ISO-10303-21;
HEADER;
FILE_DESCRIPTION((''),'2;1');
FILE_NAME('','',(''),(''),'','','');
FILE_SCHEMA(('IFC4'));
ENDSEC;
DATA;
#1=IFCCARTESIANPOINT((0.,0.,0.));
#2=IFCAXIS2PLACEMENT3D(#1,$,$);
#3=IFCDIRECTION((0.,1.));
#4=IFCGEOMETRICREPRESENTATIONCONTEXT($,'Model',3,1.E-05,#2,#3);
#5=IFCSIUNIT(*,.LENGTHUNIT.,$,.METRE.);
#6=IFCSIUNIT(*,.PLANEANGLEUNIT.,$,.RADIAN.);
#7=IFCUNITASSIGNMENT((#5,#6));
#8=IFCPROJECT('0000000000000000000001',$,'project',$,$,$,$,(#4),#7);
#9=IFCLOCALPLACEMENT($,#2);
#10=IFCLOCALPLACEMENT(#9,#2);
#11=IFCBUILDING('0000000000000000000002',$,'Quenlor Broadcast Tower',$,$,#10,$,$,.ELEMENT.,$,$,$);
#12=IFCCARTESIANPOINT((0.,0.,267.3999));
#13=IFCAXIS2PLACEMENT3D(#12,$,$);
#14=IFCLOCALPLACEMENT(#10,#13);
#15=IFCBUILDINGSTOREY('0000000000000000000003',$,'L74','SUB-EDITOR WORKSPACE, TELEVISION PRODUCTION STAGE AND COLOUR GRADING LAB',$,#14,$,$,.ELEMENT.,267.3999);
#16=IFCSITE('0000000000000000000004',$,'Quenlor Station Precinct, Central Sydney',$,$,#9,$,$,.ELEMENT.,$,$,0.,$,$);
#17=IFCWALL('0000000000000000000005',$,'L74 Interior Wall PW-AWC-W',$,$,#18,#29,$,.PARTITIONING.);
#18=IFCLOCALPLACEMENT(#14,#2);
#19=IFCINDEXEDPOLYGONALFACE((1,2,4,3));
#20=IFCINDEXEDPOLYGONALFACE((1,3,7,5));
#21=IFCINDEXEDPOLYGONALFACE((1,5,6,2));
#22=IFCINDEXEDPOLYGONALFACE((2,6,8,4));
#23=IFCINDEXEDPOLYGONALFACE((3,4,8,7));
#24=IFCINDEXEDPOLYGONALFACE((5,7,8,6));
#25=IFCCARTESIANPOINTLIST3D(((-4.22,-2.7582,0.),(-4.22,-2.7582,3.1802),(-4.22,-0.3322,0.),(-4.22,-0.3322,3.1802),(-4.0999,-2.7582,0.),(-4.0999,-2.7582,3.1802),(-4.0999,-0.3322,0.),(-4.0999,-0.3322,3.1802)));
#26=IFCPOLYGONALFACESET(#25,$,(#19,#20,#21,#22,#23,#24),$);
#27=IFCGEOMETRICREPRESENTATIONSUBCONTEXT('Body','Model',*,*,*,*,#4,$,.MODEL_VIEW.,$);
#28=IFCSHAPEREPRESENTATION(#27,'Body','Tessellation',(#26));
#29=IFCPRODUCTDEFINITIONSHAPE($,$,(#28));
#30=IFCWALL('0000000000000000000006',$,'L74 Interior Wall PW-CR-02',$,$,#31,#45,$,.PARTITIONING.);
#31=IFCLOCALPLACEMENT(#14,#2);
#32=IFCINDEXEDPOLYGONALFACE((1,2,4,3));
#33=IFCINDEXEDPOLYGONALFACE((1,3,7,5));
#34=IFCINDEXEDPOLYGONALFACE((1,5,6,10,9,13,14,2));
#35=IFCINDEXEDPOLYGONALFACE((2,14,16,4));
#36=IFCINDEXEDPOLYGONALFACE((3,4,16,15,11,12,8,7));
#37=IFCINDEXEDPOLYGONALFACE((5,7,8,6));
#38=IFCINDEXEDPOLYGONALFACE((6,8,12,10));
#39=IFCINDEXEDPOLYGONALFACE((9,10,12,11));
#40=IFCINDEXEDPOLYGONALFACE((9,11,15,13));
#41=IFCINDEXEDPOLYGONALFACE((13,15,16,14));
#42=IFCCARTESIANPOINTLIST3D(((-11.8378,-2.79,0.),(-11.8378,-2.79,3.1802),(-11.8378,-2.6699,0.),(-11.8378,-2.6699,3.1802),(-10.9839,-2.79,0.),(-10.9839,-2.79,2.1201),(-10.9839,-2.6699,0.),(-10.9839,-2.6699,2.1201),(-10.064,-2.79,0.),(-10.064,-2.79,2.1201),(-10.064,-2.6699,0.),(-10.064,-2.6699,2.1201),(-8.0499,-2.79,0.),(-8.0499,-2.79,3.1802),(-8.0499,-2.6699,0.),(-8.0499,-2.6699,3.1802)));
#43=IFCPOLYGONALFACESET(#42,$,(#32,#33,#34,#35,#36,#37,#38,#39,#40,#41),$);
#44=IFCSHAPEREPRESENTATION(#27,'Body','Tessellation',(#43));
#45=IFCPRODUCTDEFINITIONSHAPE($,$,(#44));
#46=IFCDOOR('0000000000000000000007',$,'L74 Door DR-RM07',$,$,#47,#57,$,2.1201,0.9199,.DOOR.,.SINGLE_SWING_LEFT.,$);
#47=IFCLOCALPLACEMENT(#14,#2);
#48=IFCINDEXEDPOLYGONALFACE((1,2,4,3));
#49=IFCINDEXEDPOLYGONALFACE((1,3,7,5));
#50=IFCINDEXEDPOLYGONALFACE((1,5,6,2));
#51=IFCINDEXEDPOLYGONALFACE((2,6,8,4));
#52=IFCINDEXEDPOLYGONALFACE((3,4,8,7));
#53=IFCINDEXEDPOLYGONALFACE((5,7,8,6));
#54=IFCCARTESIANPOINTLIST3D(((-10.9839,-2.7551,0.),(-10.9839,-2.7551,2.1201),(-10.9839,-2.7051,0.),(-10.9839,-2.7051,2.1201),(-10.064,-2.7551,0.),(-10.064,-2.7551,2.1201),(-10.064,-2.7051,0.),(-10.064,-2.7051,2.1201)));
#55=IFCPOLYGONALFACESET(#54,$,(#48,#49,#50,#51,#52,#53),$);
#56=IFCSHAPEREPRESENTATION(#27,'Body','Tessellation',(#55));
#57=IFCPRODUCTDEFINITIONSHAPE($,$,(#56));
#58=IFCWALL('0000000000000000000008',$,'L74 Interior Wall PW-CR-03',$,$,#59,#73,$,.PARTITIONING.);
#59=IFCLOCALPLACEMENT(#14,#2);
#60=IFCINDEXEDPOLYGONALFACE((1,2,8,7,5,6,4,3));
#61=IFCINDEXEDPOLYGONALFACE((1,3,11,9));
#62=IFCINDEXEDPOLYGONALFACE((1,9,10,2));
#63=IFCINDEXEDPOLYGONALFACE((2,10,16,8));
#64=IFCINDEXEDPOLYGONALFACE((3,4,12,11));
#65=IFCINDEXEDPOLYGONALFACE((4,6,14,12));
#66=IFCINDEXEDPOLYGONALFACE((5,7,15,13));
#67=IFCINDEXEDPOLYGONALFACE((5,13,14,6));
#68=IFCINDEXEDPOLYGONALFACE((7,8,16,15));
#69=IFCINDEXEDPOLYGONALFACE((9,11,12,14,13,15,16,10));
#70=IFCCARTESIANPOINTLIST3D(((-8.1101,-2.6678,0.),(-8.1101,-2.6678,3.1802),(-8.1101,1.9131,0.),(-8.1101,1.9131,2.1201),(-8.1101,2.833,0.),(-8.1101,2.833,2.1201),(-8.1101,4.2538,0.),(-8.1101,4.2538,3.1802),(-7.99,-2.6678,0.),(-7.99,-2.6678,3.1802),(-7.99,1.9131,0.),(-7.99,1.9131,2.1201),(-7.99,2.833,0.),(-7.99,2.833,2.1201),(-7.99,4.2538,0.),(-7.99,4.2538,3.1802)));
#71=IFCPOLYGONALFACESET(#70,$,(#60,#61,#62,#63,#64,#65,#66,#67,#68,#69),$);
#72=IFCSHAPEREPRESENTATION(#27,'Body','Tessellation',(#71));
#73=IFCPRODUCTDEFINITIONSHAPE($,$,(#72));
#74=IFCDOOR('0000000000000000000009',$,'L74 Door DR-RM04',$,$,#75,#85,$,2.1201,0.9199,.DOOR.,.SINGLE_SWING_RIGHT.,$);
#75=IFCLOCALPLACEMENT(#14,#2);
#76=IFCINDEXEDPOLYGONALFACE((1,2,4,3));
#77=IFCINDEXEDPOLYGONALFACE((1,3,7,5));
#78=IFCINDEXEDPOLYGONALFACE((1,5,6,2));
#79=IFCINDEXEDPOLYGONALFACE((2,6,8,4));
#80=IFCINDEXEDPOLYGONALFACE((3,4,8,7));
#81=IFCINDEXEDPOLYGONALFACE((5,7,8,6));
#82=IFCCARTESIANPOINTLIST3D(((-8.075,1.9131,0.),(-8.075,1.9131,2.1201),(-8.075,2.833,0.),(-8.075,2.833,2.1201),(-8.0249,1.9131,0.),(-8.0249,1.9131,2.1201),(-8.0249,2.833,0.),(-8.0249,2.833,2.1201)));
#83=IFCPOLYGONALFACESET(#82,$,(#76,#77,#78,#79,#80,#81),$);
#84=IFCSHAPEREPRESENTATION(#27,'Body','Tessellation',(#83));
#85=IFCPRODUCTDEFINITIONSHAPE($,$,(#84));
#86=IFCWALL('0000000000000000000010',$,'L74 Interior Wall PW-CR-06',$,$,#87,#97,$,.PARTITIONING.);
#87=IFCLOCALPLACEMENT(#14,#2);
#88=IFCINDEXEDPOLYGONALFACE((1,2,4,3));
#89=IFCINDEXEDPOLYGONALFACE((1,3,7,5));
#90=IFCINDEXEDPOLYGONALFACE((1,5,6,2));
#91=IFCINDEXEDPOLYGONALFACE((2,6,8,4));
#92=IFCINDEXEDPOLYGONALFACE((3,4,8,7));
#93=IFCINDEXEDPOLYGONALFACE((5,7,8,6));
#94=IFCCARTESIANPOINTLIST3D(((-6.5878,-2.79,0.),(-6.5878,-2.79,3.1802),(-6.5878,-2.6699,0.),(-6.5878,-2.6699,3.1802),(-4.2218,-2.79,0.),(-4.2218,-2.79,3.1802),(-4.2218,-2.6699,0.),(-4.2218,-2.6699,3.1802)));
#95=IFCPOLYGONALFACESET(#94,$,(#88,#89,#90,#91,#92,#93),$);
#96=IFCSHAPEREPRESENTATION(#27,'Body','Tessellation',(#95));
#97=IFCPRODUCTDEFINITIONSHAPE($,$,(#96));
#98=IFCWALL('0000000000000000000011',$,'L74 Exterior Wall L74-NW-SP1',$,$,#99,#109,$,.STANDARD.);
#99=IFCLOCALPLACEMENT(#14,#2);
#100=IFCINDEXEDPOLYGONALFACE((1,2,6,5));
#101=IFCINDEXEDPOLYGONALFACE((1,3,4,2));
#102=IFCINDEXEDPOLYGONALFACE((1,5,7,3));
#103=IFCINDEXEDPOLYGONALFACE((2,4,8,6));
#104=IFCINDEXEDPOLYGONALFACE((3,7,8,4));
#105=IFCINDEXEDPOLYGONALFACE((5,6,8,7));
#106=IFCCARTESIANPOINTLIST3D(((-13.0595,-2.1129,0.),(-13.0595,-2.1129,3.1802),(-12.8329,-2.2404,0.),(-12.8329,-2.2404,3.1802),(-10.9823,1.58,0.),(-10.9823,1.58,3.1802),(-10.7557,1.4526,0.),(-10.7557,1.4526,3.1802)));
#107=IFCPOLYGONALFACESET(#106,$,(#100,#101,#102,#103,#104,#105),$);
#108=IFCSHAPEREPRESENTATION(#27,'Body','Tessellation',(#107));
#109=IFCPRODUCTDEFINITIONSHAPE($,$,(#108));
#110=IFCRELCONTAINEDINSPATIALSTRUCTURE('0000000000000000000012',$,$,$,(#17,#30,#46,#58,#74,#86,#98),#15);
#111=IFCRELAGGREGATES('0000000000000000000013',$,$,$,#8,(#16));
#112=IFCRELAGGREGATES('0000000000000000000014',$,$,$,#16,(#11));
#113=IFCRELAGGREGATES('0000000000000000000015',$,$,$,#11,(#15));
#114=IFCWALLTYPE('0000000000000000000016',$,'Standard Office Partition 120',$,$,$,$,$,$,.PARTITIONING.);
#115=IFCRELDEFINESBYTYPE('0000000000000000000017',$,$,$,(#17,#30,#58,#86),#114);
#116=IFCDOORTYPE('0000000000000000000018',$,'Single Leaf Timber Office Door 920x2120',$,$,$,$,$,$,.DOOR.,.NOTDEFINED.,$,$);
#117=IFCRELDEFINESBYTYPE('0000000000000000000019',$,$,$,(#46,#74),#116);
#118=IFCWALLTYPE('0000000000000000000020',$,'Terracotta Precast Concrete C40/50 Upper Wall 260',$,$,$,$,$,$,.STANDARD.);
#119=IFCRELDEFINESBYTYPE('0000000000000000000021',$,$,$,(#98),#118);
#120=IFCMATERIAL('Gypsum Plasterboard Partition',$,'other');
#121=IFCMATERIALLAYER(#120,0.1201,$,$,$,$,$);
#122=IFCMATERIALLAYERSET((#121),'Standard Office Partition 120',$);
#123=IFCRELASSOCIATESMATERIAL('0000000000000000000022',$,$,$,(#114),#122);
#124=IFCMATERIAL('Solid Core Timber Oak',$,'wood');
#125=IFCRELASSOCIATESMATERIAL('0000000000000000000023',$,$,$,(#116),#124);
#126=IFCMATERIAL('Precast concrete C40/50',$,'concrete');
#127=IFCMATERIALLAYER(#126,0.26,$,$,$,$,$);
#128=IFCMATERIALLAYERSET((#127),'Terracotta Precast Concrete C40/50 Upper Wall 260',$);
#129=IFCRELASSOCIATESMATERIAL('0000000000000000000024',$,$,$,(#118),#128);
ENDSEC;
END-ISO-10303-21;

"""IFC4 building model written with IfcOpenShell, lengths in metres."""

from ifc_helpers import new_model, si_unit, direction, frame, frame_2d, origin, place, context, subcontext, project, spatial, rectangle, extrude, material, layer, layer_set, type_object, element, fill, save


model = new_model("IFC4")

# Units and contexts
model_context = context("Model", 3, precision=1e-05, world=origin(), true_north=direction((0.0, 1.0)))
body_context = subcontext(model_context, "Body", "Model", "MODEL_VIEW")
ifc_project = project(units=[si_unit("LENGTHUNIT", "METRE"), si_unit("PLANEANGLEUNIT", "RADIAN")], contexts=[model_context])

# Site, building, storey
site_placement = place(None, origin())
site = spatial("IfcSite", under=ifc_project, at=site_placement, Name="Quenlor Station Precinct, Central Sydney", CompositionType="ELEMENT", RefElevation=0.0)
building_placement = place(site_placement, origin())
building = spatial("IfcBuilding", under=site, at=building_placement, Name="Quenlor Broadcast Tower", CompositionType="ELEMENT")
storey_placement = place(building_placement, frame((0.0, 0.0, 267.3999)))
storey = spatial("IfcBuildingStorey", under=building, at=storey_placement, Name="L74", Description="SUB-EDITOR WORKSPACE, TELEVISION PRODUCTION STAGE AND COLOUR GRADING LAB", CompositionType="ELEMENT", Elevation=267.3999)

# Wall
ifc_material_1 = material(Name="Gypsum Plasterboard Partition", Category="other")
ifc_layer_1 = layer(ifc_material_1, 0.1201)
ifc_layer_set_1 = layer_set([ifc_layer_1], Name="Standard Office Partition 120")
wall_type_1 = type_object("IfcWallType", Name="Standard Office Partition 120", PredefinedType="PARTITIONING", material=ifc_layer_set_1)
wall_1_placement = place(storey_placement, frame((-4.1599, -2.7581, 0.0), z_axis=(0.0, 0.0, 1.0), x_axis=(0.0, 1.0, 0.0)))
element("IfcWall", 1, at=wall_1_placement, inside=storey, type_object=wall_type_1, Name="L74 Interior Wall PW-AWC-W", PredefinedType="PARTITIONING", context=body_context, shape_type="SweptSolid", body=[
    extrude(rectangle(XDim=2.426, YDim=0.1201, at=frame_2d((1.2129, 0.0))), origin(), (0.0, 0.0, 1.0), 3.1802),
])

# Walls, openings, doors
wall_2_placement = place(storey_placement, frame((-11.8379, -2.73, 0.0), z_axis=(0.0, 0.0, 1.0), x_axis=(1.0, 0.0, 0.0)))
wall_2 = element("IfcWall", 2, at=wall_2_placement, inside=storey, type_object=wall_type_1, Name="L74 Interior Wall PW-CR-02", PredefinedType="PARTITIONING", context=body_context, shape_type="SweptSolid", body=[
    extrude(rectangle(XDim=3.7878, YDim=0.1201, at=frame_2d((1.894, 0.0))), origin(), (0.0, 0.0, 1.0), 3.1802),
])
opening_1_placement = place(wall_2_placement, frame((0.854, 0.0, 0.0)))
opening_1 = element("IfcOpeningElement", 3, at=opening_1_placement, cuts=wall_2, PredefinedType="OPENING", context=body_context, shape_type="SweptSolid", body=[
    extrude(rectangle(XDim=0.9199, YDim=2.1201, at=frame_2d((0.46, 1.0601))), frame((0.0, 0.0701, 0.0), z_axis=(0.0, -1.0, 0.0), x_axis=(1.0, 0.0, 0.0)), (0.0, 0.0, 1.0), 0.1401),
])
ifc_material_2 = material(Name="Solid Core Timber Oak", Category="wood")
door_type = type_object("IfcDoorType", Name="Single Leaf Timber Office Door 920x2120", OperationType="NOTDEFINED", PredefinedType="DOOR", material=ifc_material_2)
door_1_placement = place(opening_1_placement, origin())
door_1 = element("IfcDoor", 4, at=door_1_placement, inside=storey, type_object=door_type, Name="L74 Door DR-RM07", OperationType="SINGLE_SWING_LEFT", OverallHeight=2.1201, OverallWidth=0.9199, PredefinedType="DOOR", context=body_context, shape_type="SweptSolid", body=[
    extrude(rectangle(XDim=0.9199, YDim=2.1201, at=frame_2d((0.46, 1.0601))), frame((0.0, 0.0249, 0.0), z_axis=(0.0, -1.0, 0.0), x_axis=(1.0, 0.0, 0.0)), (0.0, 0.0, 1.0), 0.05),
])
fill(opening_1, door_1)
wall_3_placement = place(storey_placement, frame((-8.05, -2.668, 0.0), z_axis=(0.0, 0.0, 1.0), x_axis=(0.0, 1.0, 0.0)))
wall_3 = element("IfcWall", 5, at=wall_3_placement, inside=storey, type_object=wall_type_1, Name="L74 Interior Wall PW-CR-03", PredefinedType="PARTITIONING", context=body_context, shape_type="SweptSolid", body=[
    extrude(rectangle(XDim=6.9216, YDim=0.1201, at=frame_2d((3.4609, 0.0))), origin(), (0.0, 0.0, 1.0), 3.1802),
])
opening_2_placement = place(wall_3_placement, frame((4.5811, 0.0, 0.0)))
opening_2 = element("IfcOpeningElement", 6, at=opening_2_placement, cuts=wall_3, PredefinedType="OPENING", context=body_context, shape_type="SweptSolid", body=[
    extrude(rectangle(XDim=0.9199, YDim=2.1201, at=frame_2d((0.46, 1.0601))), frame((0.0, 0.0701, 0.0), z_axis=(0.0, -1.0, 0.0), x_axis=(1.0, 0.0, 0.0)), (0.0, 0.0, 1.0), 0.1401),
])
door_2_placement = place(opening_2_placement, origin())
door_2 = element("IfcDoor", 7, at=door_2_placement, inside=storey, type_object=door_type, Name="L74 Door DR-RM04", OperationType="SINGLE_SWING_RIGHT", OverallHeight=2.1201, OverallWidth=0.9199, PredefinedType="DOOR", context=body_context, shape_type="SweptSolid", body=[
    extrude(rectangle(XDim=0.9199, YDim=2.1201, at=frame_2d((0.46, 1.0601))), frame((0.0, 0.0249, 0.0), z_axis=(0.0, -1.0, 0.0), x_axis=(1.0, 0.0, 0.0)), (0.0, 0.0, 1.0), 0.05),
])
fill(opening_2, door_2)

# Walls
wall_4_placement = place(storey_placement, frame((-6.5879, -2.73, 0.0), z_axis=(0.0, 0.0, 1.0), x_axis=(1.0, 0.0, 0.0)))
element("IfcWall", 8, at=wall_4_placement, inside=storey, type_object=wall_type_1, Name="L74 Interior Wall PW-CR-06", PredefinedType="PARTITIONING", context=body_context, shape_type="SweptSolid", body=[
    extrude(rectangle(XDim=2.366, YDim=0.1201, at=frame_2d((1.1831, 0.0))), origin(), (0.0, 0.0, 1.0), 3.1802),
])
ifc_material_3 = material(Name="Precast concrete C40/50", Category="concrete")
ifc_layer_2 = layer(ifc_material_3, 0.26)
ifc_layer_set_2 = layer_set([ifc_layer_2], Name="Terracotta Precast Concrete C40/50 Upper Wall 260")
wall_type_2 = type_object("IfcWallType", Name="Terracotta Precast Concrete C40/50 Upper Wall 260", PredefinedType="STANDARD", material=ifc_layer_set_2)
wall_5_placement = place(storey_placement, frame((-12.9463, -2.1768, 0.0), z_axis=(0.0, 0.0, 1.0), x_axis=(0.490245, 0.871585, 0.0)))
element("IfcWall", 9, at=wall_5_placement, inside=storey, type_object=wall_type_2, Name="L74 Exterior Wall L74-NW-SP1", PredefinedType="STANDARD", context=body_context, shape_type="SweptSolid", body=[
    extrude(rectangle(XDim=4.2371, YDim=0.26, at=frame_2d((2.1187, 0.0))), origin(), (0.0, 0.0, 1.0), 3.1802),
])

save(model, "model.ifc")
